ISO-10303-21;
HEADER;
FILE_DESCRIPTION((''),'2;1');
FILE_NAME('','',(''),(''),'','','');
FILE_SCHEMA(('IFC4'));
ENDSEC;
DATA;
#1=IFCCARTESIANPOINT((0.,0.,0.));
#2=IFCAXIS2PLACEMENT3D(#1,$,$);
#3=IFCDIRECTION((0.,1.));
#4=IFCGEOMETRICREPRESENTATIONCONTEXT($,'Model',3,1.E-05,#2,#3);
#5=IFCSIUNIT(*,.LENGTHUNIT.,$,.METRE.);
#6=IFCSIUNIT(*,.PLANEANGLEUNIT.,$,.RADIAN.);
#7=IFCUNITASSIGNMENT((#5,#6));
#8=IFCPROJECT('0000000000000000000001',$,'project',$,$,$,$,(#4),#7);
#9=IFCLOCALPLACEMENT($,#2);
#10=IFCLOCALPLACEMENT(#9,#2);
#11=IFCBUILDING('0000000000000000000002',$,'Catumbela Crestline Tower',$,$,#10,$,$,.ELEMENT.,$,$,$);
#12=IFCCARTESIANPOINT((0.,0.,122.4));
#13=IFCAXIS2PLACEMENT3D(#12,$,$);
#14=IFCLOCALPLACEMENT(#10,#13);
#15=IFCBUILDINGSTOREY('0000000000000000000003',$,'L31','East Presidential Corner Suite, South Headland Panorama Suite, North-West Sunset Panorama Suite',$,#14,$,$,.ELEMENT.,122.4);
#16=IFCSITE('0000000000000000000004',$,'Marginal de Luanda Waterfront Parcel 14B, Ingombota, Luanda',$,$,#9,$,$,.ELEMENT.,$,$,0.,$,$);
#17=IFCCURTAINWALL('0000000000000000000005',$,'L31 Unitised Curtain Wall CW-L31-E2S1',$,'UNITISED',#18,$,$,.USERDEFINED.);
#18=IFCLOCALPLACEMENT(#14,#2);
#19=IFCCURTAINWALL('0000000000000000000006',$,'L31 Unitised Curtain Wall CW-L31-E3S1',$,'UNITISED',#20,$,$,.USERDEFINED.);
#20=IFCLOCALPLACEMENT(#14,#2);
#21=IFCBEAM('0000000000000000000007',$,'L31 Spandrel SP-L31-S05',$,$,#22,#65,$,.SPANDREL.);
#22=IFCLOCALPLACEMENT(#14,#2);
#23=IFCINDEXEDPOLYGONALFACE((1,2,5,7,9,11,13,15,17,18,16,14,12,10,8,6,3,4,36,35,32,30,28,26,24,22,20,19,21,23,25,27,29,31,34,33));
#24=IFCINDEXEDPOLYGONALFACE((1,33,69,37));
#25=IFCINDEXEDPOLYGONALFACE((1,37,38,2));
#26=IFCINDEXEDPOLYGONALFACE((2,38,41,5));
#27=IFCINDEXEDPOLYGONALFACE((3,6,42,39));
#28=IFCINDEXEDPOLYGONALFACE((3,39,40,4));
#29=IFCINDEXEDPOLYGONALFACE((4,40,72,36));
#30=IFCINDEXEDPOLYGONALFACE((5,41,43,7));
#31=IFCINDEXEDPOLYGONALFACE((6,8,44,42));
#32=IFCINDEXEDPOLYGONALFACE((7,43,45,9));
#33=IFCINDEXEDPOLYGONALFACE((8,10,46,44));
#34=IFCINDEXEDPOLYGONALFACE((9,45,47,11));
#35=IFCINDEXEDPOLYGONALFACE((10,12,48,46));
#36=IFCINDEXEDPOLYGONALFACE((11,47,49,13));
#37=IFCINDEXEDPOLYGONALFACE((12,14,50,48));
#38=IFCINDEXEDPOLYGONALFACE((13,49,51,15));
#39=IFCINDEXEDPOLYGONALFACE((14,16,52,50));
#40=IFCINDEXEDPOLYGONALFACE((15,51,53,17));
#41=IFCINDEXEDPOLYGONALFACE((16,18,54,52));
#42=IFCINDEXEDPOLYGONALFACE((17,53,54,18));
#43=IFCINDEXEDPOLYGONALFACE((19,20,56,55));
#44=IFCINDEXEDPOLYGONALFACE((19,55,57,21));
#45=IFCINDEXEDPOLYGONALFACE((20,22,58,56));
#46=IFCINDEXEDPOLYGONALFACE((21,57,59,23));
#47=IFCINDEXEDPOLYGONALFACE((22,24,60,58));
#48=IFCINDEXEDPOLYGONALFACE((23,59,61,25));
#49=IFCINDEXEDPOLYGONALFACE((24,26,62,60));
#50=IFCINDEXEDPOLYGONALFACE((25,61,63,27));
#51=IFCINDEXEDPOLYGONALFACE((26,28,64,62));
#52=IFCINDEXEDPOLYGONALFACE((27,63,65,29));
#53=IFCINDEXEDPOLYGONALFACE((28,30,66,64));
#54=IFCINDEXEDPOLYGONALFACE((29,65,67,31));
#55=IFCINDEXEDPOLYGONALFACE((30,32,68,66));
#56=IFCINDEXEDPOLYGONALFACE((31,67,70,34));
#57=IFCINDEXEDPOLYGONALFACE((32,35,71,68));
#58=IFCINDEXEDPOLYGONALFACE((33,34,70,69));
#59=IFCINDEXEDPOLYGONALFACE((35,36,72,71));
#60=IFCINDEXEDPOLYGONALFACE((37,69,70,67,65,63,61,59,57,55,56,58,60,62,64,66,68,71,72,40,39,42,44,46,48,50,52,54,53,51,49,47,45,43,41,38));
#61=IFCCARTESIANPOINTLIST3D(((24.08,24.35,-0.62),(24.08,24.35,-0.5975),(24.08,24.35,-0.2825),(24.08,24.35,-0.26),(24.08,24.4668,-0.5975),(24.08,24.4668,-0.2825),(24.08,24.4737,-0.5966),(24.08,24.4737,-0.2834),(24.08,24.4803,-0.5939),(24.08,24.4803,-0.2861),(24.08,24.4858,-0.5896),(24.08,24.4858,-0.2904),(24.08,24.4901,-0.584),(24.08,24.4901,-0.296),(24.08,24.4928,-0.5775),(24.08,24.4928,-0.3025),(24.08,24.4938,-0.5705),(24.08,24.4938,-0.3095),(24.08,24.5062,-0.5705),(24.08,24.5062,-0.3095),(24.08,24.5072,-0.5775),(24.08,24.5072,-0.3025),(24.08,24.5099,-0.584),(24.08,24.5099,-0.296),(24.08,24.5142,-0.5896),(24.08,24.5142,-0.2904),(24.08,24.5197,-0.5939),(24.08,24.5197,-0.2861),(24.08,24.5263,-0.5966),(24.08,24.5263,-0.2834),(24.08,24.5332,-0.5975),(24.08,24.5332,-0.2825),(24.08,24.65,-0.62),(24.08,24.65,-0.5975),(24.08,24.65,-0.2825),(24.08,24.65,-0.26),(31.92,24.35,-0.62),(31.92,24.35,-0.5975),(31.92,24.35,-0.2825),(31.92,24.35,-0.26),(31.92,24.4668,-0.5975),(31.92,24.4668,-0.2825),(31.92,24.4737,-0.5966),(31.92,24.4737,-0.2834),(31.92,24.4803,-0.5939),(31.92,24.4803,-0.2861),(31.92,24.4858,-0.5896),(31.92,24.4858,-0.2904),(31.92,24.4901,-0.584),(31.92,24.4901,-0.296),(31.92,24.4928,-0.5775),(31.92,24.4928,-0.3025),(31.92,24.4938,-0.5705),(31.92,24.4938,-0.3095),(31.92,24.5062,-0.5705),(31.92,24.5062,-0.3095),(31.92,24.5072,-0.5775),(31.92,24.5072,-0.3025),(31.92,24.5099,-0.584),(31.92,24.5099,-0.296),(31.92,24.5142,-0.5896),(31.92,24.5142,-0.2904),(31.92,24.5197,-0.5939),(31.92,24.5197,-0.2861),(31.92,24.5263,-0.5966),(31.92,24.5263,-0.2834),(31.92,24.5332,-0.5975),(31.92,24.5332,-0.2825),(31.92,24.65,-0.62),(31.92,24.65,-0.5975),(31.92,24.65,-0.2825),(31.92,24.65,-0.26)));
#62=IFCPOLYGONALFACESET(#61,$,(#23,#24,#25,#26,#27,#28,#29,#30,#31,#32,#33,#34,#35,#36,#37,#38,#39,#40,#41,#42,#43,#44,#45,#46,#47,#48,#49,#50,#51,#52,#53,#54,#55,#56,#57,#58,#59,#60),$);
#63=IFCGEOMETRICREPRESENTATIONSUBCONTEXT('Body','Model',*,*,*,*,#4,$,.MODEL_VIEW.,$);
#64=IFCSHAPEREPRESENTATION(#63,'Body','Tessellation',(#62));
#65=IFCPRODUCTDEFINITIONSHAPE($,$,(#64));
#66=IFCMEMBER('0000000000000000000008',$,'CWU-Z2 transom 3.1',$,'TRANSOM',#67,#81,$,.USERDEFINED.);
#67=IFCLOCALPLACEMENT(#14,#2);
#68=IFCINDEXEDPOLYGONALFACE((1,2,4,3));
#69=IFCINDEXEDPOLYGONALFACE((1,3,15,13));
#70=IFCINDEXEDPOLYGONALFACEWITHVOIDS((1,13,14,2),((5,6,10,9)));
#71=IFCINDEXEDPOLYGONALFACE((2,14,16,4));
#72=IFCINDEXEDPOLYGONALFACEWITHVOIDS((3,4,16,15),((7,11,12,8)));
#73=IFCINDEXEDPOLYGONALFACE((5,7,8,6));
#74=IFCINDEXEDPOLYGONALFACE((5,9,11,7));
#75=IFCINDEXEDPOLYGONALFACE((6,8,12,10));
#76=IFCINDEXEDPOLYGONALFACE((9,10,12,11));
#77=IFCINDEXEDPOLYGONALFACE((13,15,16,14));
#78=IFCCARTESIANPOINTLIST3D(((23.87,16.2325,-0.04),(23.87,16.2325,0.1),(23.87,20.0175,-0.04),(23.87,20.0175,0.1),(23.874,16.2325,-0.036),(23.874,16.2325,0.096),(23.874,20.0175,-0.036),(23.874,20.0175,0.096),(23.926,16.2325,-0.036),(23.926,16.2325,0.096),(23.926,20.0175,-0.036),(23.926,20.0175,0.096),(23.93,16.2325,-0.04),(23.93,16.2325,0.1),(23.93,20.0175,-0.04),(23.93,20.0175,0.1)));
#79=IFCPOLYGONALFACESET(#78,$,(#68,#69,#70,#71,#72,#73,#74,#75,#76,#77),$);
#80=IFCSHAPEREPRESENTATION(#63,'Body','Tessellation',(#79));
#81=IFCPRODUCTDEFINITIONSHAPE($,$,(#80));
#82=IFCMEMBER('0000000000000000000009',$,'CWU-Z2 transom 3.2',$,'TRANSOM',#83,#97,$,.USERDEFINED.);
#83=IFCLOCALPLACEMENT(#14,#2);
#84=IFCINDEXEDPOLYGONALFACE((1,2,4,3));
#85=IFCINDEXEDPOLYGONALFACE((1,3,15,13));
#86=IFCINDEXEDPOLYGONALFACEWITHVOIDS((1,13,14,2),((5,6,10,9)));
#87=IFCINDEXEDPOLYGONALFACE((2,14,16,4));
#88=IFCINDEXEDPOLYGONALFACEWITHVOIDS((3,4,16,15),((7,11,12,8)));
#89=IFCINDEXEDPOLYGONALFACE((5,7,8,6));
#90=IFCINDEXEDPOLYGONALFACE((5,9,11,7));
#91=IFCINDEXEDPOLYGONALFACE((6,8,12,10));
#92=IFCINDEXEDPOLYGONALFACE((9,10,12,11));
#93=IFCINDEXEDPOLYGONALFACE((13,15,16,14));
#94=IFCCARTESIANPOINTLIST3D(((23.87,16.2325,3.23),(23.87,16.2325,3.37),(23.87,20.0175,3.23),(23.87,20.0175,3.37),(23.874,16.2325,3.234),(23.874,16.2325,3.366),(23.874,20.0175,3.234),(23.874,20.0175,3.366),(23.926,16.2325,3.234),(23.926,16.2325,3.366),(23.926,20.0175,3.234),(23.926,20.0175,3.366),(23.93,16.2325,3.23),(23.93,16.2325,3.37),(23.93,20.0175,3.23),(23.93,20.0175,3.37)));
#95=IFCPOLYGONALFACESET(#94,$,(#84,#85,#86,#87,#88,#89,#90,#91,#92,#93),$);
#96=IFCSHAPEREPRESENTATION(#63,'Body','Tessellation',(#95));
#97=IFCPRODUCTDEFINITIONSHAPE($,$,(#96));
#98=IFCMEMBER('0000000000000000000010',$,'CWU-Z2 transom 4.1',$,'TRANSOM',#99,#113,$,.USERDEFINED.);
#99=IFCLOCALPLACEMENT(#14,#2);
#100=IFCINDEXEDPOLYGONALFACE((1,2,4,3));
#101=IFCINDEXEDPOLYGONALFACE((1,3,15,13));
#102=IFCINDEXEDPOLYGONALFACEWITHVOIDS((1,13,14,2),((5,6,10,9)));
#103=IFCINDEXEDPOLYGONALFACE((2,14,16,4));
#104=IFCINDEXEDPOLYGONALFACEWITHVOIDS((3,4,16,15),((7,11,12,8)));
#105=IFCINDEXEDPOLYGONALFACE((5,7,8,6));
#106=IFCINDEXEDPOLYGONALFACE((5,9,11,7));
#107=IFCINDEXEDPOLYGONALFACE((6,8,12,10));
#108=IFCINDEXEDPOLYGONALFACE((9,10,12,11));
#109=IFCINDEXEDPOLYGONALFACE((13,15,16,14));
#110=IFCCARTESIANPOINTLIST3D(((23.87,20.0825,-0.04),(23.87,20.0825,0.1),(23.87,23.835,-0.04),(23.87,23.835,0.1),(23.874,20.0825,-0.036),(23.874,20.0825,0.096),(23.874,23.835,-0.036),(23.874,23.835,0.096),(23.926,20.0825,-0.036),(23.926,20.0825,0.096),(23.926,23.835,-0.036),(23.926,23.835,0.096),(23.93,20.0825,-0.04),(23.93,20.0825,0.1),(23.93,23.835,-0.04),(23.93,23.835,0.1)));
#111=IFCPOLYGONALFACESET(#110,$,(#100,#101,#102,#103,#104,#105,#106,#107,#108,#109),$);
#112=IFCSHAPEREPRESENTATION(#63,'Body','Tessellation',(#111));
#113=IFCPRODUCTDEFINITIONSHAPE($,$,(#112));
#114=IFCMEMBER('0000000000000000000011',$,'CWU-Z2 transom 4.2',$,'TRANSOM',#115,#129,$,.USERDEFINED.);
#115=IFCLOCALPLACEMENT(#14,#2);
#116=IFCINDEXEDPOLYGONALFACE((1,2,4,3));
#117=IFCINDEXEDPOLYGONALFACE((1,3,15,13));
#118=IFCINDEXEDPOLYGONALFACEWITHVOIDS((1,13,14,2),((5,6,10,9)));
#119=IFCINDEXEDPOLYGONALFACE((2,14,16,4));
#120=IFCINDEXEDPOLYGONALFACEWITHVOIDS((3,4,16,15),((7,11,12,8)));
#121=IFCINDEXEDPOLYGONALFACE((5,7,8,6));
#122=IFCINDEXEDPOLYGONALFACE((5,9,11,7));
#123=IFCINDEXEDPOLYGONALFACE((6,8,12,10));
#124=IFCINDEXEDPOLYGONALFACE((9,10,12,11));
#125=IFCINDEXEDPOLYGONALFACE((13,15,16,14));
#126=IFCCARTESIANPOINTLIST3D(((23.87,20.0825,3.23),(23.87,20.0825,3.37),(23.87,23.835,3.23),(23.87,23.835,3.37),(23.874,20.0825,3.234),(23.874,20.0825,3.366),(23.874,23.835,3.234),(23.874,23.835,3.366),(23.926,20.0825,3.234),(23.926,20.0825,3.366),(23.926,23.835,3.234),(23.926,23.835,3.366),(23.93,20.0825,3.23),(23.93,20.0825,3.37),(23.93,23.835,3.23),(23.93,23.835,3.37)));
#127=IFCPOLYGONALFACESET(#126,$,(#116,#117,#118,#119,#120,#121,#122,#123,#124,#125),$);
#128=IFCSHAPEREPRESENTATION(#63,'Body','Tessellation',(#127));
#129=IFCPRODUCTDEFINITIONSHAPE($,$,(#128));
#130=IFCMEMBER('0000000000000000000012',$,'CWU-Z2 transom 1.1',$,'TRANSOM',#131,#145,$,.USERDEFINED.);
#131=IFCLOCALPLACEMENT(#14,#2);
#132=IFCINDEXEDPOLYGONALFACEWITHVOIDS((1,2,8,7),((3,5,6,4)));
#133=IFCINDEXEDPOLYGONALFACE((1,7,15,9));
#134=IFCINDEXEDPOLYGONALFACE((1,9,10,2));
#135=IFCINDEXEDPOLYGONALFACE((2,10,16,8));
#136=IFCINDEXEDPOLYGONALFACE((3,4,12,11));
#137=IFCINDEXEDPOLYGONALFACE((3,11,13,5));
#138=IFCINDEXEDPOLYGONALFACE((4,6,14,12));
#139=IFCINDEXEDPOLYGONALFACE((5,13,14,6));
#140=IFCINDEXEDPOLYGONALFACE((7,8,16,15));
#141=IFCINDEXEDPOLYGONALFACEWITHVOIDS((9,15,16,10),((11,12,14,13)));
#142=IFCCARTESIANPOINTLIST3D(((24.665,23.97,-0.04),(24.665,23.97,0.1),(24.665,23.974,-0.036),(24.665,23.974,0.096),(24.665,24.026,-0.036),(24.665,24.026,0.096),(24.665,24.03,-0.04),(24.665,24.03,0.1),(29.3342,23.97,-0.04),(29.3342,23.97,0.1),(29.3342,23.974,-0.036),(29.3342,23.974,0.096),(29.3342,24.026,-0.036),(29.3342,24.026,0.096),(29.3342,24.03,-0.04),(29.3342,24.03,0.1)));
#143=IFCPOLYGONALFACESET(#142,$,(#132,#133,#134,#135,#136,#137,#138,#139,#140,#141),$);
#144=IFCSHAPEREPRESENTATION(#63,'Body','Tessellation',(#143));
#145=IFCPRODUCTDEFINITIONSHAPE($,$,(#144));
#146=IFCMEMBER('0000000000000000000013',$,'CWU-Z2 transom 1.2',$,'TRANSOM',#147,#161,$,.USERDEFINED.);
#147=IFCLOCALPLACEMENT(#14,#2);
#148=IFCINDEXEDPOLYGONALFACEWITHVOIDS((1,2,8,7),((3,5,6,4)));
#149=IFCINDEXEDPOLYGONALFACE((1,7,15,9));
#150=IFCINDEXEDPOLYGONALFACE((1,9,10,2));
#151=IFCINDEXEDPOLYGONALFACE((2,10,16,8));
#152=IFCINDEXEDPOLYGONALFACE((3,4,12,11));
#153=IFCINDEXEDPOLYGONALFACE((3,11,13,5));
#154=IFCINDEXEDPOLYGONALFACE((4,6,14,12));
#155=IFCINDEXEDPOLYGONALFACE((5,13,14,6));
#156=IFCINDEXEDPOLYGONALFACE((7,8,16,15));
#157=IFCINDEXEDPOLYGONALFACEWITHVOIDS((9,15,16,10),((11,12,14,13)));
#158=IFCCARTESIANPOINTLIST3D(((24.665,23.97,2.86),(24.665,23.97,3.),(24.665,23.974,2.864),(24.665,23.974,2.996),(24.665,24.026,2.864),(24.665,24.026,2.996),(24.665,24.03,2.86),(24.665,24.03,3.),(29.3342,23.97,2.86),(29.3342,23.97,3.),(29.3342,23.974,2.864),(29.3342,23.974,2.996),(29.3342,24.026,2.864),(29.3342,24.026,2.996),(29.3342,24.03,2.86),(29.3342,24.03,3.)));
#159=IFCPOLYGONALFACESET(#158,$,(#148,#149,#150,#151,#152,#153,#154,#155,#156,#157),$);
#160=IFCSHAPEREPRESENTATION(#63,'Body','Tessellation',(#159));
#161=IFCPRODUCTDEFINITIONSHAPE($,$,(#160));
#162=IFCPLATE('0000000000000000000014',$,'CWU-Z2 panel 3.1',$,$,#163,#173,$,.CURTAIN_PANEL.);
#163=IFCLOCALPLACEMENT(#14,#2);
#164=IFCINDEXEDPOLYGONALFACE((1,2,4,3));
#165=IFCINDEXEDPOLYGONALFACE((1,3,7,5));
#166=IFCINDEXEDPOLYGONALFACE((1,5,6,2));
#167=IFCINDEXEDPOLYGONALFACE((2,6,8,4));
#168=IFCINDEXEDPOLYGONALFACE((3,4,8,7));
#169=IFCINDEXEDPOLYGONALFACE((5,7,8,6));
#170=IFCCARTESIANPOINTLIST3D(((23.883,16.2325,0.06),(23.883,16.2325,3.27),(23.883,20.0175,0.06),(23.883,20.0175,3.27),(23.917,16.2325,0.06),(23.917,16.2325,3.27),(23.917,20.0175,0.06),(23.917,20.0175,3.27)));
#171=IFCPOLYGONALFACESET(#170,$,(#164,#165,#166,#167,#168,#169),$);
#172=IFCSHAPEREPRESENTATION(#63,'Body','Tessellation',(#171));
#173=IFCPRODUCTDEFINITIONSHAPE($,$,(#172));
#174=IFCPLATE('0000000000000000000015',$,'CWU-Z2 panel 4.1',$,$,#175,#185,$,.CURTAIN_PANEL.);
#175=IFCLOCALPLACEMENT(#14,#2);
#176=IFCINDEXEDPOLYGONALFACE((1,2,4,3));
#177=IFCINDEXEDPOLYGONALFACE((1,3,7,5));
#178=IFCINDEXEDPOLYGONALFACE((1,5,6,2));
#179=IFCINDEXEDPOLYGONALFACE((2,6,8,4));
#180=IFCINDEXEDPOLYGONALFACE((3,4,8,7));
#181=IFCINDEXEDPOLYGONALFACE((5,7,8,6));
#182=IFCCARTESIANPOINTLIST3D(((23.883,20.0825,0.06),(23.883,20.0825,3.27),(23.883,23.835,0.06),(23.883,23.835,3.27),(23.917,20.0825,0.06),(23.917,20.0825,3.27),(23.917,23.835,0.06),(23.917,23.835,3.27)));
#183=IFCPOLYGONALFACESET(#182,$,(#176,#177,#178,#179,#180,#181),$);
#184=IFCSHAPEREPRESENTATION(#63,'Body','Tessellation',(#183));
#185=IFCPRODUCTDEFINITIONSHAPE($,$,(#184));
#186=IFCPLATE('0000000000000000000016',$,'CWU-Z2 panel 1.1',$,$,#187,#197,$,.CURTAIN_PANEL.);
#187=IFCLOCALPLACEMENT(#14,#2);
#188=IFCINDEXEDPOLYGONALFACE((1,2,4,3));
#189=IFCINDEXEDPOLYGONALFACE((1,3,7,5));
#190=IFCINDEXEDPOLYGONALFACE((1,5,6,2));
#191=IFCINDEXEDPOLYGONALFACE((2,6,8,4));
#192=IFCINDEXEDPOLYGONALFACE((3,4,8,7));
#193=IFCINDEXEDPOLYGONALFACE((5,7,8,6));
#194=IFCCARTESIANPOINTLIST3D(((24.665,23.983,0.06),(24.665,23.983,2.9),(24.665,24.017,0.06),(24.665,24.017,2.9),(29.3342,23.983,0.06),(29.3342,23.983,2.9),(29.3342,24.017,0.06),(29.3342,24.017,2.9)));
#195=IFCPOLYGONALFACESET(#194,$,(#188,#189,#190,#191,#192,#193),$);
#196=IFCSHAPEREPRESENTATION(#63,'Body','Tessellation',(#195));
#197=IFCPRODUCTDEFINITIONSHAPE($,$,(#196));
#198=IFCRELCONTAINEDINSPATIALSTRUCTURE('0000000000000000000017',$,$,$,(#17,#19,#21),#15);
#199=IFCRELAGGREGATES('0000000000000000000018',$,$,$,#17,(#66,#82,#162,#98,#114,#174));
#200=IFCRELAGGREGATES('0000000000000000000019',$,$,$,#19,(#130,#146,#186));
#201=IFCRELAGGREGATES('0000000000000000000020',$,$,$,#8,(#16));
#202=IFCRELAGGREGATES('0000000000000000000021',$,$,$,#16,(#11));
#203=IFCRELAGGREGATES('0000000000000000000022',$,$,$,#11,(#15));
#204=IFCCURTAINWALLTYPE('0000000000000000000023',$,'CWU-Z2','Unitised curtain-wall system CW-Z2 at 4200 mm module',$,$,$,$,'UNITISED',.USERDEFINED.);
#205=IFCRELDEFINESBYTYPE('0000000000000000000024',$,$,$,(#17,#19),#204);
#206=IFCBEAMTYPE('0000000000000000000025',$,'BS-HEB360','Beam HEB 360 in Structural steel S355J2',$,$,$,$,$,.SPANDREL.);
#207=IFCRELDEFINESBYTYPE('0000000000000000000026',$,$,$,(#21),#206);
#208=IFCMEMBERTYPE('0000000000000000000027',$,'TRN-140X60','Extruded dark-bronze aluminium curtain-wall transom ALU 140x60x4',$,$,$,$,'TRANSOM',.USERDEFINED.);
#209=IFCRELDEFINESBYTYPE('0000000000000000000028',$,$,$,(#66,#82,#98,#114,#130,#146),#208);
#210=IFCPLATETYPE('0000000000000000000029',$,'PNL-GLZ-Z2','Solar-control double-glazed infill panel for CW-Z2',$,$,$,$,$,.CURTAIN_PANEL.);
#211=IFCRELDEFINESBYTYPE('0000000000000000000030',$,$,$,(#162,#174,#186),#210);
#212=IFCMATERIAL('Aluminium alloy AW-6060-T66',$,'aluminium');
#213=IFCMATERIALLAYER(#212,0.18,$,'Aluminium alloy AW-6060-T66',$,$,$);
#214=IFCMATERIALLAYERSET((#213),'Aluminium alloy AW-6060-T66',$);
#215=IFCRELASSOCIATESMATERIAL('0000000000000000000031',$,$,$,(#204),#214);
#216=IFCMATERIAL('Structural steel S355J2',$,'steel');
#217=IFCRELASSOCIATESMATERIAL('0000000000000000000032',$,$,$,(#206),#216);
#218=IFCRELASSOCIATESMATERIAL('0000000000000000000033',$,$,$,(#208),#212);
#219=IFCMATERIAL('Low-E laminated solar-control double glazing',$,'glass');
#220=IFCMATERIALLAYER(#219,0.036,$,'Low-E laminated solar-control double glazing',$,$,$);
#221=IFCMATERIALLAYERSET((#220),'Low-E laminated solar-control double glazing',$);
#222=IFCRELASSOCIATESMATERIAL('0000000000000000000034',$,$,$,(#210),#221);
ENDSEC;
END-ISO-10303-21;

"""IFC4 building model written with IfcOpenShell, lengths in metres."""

from ifc_helpers import new_model, si_unit, direction, frame, origin, origin_2d, place, context, subcontext, project, spatial, rectangle, hollow_rectangle, i_section, extrude, material, layer, layer_set, material_profile, profile_set, type_object, element, aggregate, save


model = new_model("IFC4")

# Units and contexts
model_context = context("Model", 3, precision=1e-05, world=origin(), true_north=direction((0.0, 1.0)))
body_context = subcontext(model_context, "Body", "Model", "MODEL_VIEW")
ifc_project = project(units=[si_unit("LENGTHUNIT", "METRE"), si_unit("PLANEANGLEUNIT", "RADIAN")], contexts=[model_context])

# Site, building, storey
site_placement = place(None, origin())
site = spatial("IfcSite", under=ifc_project, at=site_placement, Name="Marginal de Luanda Waterfront Parcel 14B, Ingombota, Luanda", CompositionType="ELEMENT", RefElevation=0.0)
building_placement = place(site_placement, origin())
building = spatial("IfcBuilding", under=site, at=building_placement, Name="Catumbela Crestline Tower", CompositionType="ELEMENT")
storey_placement = place(building_placement, frame((0.0, 0.0, 122.4)))
storey = spatial("IfcBuildingStorey", under=building, at=storey_placement, Name="L31", Description="East Presidential Corner Suite, South Headland Panorama Suite, North-West Sunset Panorama Suite", CompositionType="ELEMENT", Elevation=122.4)

# Shared definitions
ifc_material_1 = material(Name="Structural steel S355J2", Category="steel")

# Curtain wall
ifc_material_2 = material(Name="Aluminium alloy AW-6060-T66", Category="aluminium")
ifc_layer_1 = layer(ifc_material_2, 0.18, Name="Aluminium alloy AW-6060-T66")
ifc_layer_set_1 = layer_set([ifc_layer_1], Name="Aluminium alloy AW-6060-T66")
curtain_wall_type = type_object("IfcCurtainWallType", Name="CWU-Z2", Description="Unitised curtain-wall system CW-Z2 at 4200 mm module", ElementType="UNITISED", PredefinedType="USERDEFINED", material=ifc_layer_set_1)
curtain_wall_1_placement = place(storey_placement, origin())
curtain_wall_1 = element("IfcCurtainWall", 1, at=curtain_wall_1_placement, inside=storey, type_object=curtain_wall_type, Name="L31 Unitised Curtain Wall CW-L31-E2S1", ObjectType="UNITISED", PredefinedType="USERDEFINED")

# Curtain wall
curtain_wall_2_placement = place(storey_placement, origin())
curtain_wall_2 = element("IfcCurtainWall", 2, at=curtain_wall_2_placement, inside=storey, type_object=curtain_wall_type, Name="L31 Unitised Curtain Wall CW-L31-E3S1", ObjectType="UNITISED", PredefinedType="USERDEFINED")

# Beam
ifc_material_profile_1 = material_profile(ifc_material_1, i_section(OverallWidth=0.3, OverallDepth=0.36, WebThickness=0.0125, FlangeThickness=0.0225, FilletRadius=0.027, at=origin_2d()), Name="HEB 360")
ifc_profile_set_1 = profile_set([ifc_material_profile_1], Name="Structural steel S355J2")
beam_type_1 = type_object("IfcBeamType", Name="BS-HEB360", Description="Beam HEB 360 in Structural steel S355J2", PredefinedType="SPANDREL", material=ifc_profile_set_1)
beam_1_placement = place(storey_placement, frame((24.08, 24.5, -0.44), z_axis=(1.0, 0.0, 0.0), x_axis=(0.0, 1.0, 0.0)))
element("IfcBeam", 3, at=beam_1_placement, inside=storey, type_object=beam_type_1, Name="L31 Spandrel SP-L31-S05", PredefinedType="SPANDREL", context=body_context, shape_type="SweptSolid", body=[
    extrude(i_section(OverallWidth=0.3, OverallDepth=0.36, WebThickness=0.0125, FlangeThickness=0.0225, FilletRadius=0.027, at=origin_2d()), origin(), (0.0, 0.0, 1.0), 7.84),
])

# Members
ifc_material_profile_2 = material_profile(ifc_material_2, hollow_rectangle(XDim=0.06, YDim=0.14, WallThickness=0.004, at=origin_2d()), Name="ALU 140x60x4")
ifc_profile_set_2 = profile_set([ifc_material_profile_2], Name="Aluminium alloy AW-6060-T66")
member_type_1 = type_object("IfcMemberType", Name="TRN-140X60", Description="Extruded dark-bronze aluminium curtain-wall transom ALU 140x60x4", ElementType="TRANSOM", PredefinedType="USERDEFINED", material=ifc_profile_set_2)
member_1_placement = place(storey_placement, frame((23.9, 16.2325, 0.03), z_axis=(0.0, 1.0, 0.0), x_axis=(-1.0, 0.0, 0.0)))
member_1 = element("IfcMember", 4, at=member_1_placement, type_object=member_type_1, Name="CWU-Z2 transom 3.1", ObjectType="TRANSOM", PredefinedType="USERDEFINED", context=body_context, shape_type="SweptSolid", body=[
    extrude(hollow_rectangle(XDim=0.06, YDim=0.14, WallThickness=0.004, at=origin_2d()), origin(), (0.0, 0.0, 1.0), 3.785),
])
member_2_placement = place(storey_placement, frame((23.9, 16.2325, 3.3), z_axis=(0.0, 1.0, 0.0), x_axis=(-1.0, 0.0, 0.0)))
member_2 = element("IfcMember", 5, at=member_2_placement, type_object=member_type_1, Name="CWU-Z2 transom 3.2", ObjectType="TRANSOM", PredefinedType="USERDEFINED", context=body_context, shape_type="SweptSolid", body=[
    extrude(hollow_rectangle(XDim=0.06, YDim=0.14, WallThickness=0.004, at=origin_2d()), origin(), (0.0, 0.0, 1.0), 3.785),
])
member_3_placement = place(storey_placement, frame((23.9, 20.0825, 0.03), z_axis=(0.0, 1.0, 0.0), x_axis=(-1.0, 0.0, 0.0)))
member_3 = element("IfcMember", 6, at=member_3_placement, type_object=member_type_1, Name="CWU-Z2 transom 4.1", ObjectType="TRANSOM", PredefinedType="USERDEFINED", context=body_context, shape_type="SweptSolid", body=[
    extrude(hollow_rectangle(XDim=0.06, YDim=0.14, WallThickness=0.004, at=origin_2d()), origin(), (0.0, 0.0, 1.0), 3.7525),
])
member_4_placement = place(storey_placement, frame((23.9, 20.0825, 3.3), z_axis=(0.0, 1.0, 0.0), x_axis=(-1.0, 0.0, 0.0)))
member_4 = element("IfcMember", 7, at=member_4_placement, type_object=member_type_1, Name="CWU-Z2 transom 4.2", ObjectType="TRANSOM", PredefinedType="USERDEFINED", context=body_context, shape_type="SweptSolid", body=[
    extrude(hollow_rectangle(XDim=0.06, YDim=0.14, WallThickness=0.004, at=origin_2d()), origin(), (0.0, 0.0, 1.0), 3.7525),
])
member_5_placement = place(storey_placement, frame((24.665, 24.0, 0.03), z_axis=(1.0, 0.0, 0.0), x_axis=(0.0, 1.0, 0.0)))
member_5 = element("IfcMember", 8, at=member_5_placement, type_object=member_type_1, Name="CWU-Z2 transom 1.1", ObjectType="TRANSOM", PredefinedType="USERDEFINED", context=body_context, shape_type="SweptSolid", body=[
    extrude(hollow_rectangle(XDim=0.06, YDim=0.14, WallThickness=0.004, at=origin_2d()), origin(), (0.0, 0.0, 1.0), 4.6692),
])
member_6_placement = place(storey_placement, frame((24.665, 24.0, 2.93), z_axis=(1.0, 0.0, 0.0), x_axis=(0.0, 1.0, 0.0)))
member_6 = element("IfcMember", 9, at=member_6_placement, type_object=member_type_1, Name="CWU-Z2 transom 1.2", ObjectType="TRANSOM", PredefinedType="USERDEFINED", context=body_context, shape_type="SweptSolid", body=[
    extrude(hollow_rectangle(XDim=0.06, YDim=0.14, WallThickness=0.004, at=origin_2d()), origin(), (0.0, 0.0, 1.0), 4.6692),
])

# Plates
ifc_material_3 = material(Name="Low-E laminated solar-control double glazing", Category="glass")
ifc_layer_2 = layer(ifc_material_3, 0.036, Name="Low-E laminated solar-control double glazing")
ifc_layer_set_2 = layer_set([ifc_layer_2], Name="Low-E laminated solar-control double glazing")
plate_type = type_object("IfcPlateType", Name="PNL-GLZ-Z2", Description="Solar-control double-glazed infill panel for CW-Z2", PredefinedType="CURTAIN_PANEL", material=ifc_layer_set_2)
plate_1_placement = place(storey_placement, frame((23.9, 18.125, 0.06), z_axis=(0.0, 0.0, 1.0), x_axis=(0.0, 1.0, 0.0)))
plate_1 = element("IfcPlate", 10, at=plate_1_placement, type_object=plate_type, Name="CWU-Z2 panel 3.1", PredefinedType="CURTAIN_PANEL", context=body_context, shape_type="SweptSolid", body=[
    extrude(rectangle(XDim=3.785, YDim=0.034, at=origin_2d()), origin(), (0.0, 0.0, 1.0), 3.21),
])
plate_2_placement = place(storey_placement, frame((23.9, 21.9587, 0.06), z_axis=(0.0, 0.0, 1.0), x_axis=(0.0, 1.0, 0.0)))
plate_2 = element("IfcPlate", 11, at=plate_2_placement, type_object=plate_type, Name="CWU-Z2 panel 4.1", PredefinedType="CURTAIN_PANEL", context=body_context, shape_type="SweptSolid", body=[
    extrude(rectangle(XDim=3.7525, YDim=0.034, at=origin_2d()), origin(), (0.0, 0.0, 1.0), 3.21),
])
aggregate(curtain_wall_1, [member_1, member_2, plate_1, member_3, member_4, plate_2])
plate_3_placement = place(storey_placement, frame((26.9996, 24.0, 0.06), z_axis=(0.0, 0.0, 1.0), x_axis=(1.0, 0.0, 0.0)))
plate_3 = element("IfcPlate", 12, at=plate_3_placement, type_object=plate_type, Name="CWU-Z2 panel 1.1", PredefinedType="CURTAIN_PANEL", context=body_context, shape_type="SweptSolid", body=[
    extrude(rectangle(XDim=4.6692, YDim=0.034, at=origin_2d()), origin(), (0.0, 0.0, 1.0), 2.84),
])
aggregate(curtain_wall_2, [member_5, member_6, plate_3])

save(model, "model.ifc")
